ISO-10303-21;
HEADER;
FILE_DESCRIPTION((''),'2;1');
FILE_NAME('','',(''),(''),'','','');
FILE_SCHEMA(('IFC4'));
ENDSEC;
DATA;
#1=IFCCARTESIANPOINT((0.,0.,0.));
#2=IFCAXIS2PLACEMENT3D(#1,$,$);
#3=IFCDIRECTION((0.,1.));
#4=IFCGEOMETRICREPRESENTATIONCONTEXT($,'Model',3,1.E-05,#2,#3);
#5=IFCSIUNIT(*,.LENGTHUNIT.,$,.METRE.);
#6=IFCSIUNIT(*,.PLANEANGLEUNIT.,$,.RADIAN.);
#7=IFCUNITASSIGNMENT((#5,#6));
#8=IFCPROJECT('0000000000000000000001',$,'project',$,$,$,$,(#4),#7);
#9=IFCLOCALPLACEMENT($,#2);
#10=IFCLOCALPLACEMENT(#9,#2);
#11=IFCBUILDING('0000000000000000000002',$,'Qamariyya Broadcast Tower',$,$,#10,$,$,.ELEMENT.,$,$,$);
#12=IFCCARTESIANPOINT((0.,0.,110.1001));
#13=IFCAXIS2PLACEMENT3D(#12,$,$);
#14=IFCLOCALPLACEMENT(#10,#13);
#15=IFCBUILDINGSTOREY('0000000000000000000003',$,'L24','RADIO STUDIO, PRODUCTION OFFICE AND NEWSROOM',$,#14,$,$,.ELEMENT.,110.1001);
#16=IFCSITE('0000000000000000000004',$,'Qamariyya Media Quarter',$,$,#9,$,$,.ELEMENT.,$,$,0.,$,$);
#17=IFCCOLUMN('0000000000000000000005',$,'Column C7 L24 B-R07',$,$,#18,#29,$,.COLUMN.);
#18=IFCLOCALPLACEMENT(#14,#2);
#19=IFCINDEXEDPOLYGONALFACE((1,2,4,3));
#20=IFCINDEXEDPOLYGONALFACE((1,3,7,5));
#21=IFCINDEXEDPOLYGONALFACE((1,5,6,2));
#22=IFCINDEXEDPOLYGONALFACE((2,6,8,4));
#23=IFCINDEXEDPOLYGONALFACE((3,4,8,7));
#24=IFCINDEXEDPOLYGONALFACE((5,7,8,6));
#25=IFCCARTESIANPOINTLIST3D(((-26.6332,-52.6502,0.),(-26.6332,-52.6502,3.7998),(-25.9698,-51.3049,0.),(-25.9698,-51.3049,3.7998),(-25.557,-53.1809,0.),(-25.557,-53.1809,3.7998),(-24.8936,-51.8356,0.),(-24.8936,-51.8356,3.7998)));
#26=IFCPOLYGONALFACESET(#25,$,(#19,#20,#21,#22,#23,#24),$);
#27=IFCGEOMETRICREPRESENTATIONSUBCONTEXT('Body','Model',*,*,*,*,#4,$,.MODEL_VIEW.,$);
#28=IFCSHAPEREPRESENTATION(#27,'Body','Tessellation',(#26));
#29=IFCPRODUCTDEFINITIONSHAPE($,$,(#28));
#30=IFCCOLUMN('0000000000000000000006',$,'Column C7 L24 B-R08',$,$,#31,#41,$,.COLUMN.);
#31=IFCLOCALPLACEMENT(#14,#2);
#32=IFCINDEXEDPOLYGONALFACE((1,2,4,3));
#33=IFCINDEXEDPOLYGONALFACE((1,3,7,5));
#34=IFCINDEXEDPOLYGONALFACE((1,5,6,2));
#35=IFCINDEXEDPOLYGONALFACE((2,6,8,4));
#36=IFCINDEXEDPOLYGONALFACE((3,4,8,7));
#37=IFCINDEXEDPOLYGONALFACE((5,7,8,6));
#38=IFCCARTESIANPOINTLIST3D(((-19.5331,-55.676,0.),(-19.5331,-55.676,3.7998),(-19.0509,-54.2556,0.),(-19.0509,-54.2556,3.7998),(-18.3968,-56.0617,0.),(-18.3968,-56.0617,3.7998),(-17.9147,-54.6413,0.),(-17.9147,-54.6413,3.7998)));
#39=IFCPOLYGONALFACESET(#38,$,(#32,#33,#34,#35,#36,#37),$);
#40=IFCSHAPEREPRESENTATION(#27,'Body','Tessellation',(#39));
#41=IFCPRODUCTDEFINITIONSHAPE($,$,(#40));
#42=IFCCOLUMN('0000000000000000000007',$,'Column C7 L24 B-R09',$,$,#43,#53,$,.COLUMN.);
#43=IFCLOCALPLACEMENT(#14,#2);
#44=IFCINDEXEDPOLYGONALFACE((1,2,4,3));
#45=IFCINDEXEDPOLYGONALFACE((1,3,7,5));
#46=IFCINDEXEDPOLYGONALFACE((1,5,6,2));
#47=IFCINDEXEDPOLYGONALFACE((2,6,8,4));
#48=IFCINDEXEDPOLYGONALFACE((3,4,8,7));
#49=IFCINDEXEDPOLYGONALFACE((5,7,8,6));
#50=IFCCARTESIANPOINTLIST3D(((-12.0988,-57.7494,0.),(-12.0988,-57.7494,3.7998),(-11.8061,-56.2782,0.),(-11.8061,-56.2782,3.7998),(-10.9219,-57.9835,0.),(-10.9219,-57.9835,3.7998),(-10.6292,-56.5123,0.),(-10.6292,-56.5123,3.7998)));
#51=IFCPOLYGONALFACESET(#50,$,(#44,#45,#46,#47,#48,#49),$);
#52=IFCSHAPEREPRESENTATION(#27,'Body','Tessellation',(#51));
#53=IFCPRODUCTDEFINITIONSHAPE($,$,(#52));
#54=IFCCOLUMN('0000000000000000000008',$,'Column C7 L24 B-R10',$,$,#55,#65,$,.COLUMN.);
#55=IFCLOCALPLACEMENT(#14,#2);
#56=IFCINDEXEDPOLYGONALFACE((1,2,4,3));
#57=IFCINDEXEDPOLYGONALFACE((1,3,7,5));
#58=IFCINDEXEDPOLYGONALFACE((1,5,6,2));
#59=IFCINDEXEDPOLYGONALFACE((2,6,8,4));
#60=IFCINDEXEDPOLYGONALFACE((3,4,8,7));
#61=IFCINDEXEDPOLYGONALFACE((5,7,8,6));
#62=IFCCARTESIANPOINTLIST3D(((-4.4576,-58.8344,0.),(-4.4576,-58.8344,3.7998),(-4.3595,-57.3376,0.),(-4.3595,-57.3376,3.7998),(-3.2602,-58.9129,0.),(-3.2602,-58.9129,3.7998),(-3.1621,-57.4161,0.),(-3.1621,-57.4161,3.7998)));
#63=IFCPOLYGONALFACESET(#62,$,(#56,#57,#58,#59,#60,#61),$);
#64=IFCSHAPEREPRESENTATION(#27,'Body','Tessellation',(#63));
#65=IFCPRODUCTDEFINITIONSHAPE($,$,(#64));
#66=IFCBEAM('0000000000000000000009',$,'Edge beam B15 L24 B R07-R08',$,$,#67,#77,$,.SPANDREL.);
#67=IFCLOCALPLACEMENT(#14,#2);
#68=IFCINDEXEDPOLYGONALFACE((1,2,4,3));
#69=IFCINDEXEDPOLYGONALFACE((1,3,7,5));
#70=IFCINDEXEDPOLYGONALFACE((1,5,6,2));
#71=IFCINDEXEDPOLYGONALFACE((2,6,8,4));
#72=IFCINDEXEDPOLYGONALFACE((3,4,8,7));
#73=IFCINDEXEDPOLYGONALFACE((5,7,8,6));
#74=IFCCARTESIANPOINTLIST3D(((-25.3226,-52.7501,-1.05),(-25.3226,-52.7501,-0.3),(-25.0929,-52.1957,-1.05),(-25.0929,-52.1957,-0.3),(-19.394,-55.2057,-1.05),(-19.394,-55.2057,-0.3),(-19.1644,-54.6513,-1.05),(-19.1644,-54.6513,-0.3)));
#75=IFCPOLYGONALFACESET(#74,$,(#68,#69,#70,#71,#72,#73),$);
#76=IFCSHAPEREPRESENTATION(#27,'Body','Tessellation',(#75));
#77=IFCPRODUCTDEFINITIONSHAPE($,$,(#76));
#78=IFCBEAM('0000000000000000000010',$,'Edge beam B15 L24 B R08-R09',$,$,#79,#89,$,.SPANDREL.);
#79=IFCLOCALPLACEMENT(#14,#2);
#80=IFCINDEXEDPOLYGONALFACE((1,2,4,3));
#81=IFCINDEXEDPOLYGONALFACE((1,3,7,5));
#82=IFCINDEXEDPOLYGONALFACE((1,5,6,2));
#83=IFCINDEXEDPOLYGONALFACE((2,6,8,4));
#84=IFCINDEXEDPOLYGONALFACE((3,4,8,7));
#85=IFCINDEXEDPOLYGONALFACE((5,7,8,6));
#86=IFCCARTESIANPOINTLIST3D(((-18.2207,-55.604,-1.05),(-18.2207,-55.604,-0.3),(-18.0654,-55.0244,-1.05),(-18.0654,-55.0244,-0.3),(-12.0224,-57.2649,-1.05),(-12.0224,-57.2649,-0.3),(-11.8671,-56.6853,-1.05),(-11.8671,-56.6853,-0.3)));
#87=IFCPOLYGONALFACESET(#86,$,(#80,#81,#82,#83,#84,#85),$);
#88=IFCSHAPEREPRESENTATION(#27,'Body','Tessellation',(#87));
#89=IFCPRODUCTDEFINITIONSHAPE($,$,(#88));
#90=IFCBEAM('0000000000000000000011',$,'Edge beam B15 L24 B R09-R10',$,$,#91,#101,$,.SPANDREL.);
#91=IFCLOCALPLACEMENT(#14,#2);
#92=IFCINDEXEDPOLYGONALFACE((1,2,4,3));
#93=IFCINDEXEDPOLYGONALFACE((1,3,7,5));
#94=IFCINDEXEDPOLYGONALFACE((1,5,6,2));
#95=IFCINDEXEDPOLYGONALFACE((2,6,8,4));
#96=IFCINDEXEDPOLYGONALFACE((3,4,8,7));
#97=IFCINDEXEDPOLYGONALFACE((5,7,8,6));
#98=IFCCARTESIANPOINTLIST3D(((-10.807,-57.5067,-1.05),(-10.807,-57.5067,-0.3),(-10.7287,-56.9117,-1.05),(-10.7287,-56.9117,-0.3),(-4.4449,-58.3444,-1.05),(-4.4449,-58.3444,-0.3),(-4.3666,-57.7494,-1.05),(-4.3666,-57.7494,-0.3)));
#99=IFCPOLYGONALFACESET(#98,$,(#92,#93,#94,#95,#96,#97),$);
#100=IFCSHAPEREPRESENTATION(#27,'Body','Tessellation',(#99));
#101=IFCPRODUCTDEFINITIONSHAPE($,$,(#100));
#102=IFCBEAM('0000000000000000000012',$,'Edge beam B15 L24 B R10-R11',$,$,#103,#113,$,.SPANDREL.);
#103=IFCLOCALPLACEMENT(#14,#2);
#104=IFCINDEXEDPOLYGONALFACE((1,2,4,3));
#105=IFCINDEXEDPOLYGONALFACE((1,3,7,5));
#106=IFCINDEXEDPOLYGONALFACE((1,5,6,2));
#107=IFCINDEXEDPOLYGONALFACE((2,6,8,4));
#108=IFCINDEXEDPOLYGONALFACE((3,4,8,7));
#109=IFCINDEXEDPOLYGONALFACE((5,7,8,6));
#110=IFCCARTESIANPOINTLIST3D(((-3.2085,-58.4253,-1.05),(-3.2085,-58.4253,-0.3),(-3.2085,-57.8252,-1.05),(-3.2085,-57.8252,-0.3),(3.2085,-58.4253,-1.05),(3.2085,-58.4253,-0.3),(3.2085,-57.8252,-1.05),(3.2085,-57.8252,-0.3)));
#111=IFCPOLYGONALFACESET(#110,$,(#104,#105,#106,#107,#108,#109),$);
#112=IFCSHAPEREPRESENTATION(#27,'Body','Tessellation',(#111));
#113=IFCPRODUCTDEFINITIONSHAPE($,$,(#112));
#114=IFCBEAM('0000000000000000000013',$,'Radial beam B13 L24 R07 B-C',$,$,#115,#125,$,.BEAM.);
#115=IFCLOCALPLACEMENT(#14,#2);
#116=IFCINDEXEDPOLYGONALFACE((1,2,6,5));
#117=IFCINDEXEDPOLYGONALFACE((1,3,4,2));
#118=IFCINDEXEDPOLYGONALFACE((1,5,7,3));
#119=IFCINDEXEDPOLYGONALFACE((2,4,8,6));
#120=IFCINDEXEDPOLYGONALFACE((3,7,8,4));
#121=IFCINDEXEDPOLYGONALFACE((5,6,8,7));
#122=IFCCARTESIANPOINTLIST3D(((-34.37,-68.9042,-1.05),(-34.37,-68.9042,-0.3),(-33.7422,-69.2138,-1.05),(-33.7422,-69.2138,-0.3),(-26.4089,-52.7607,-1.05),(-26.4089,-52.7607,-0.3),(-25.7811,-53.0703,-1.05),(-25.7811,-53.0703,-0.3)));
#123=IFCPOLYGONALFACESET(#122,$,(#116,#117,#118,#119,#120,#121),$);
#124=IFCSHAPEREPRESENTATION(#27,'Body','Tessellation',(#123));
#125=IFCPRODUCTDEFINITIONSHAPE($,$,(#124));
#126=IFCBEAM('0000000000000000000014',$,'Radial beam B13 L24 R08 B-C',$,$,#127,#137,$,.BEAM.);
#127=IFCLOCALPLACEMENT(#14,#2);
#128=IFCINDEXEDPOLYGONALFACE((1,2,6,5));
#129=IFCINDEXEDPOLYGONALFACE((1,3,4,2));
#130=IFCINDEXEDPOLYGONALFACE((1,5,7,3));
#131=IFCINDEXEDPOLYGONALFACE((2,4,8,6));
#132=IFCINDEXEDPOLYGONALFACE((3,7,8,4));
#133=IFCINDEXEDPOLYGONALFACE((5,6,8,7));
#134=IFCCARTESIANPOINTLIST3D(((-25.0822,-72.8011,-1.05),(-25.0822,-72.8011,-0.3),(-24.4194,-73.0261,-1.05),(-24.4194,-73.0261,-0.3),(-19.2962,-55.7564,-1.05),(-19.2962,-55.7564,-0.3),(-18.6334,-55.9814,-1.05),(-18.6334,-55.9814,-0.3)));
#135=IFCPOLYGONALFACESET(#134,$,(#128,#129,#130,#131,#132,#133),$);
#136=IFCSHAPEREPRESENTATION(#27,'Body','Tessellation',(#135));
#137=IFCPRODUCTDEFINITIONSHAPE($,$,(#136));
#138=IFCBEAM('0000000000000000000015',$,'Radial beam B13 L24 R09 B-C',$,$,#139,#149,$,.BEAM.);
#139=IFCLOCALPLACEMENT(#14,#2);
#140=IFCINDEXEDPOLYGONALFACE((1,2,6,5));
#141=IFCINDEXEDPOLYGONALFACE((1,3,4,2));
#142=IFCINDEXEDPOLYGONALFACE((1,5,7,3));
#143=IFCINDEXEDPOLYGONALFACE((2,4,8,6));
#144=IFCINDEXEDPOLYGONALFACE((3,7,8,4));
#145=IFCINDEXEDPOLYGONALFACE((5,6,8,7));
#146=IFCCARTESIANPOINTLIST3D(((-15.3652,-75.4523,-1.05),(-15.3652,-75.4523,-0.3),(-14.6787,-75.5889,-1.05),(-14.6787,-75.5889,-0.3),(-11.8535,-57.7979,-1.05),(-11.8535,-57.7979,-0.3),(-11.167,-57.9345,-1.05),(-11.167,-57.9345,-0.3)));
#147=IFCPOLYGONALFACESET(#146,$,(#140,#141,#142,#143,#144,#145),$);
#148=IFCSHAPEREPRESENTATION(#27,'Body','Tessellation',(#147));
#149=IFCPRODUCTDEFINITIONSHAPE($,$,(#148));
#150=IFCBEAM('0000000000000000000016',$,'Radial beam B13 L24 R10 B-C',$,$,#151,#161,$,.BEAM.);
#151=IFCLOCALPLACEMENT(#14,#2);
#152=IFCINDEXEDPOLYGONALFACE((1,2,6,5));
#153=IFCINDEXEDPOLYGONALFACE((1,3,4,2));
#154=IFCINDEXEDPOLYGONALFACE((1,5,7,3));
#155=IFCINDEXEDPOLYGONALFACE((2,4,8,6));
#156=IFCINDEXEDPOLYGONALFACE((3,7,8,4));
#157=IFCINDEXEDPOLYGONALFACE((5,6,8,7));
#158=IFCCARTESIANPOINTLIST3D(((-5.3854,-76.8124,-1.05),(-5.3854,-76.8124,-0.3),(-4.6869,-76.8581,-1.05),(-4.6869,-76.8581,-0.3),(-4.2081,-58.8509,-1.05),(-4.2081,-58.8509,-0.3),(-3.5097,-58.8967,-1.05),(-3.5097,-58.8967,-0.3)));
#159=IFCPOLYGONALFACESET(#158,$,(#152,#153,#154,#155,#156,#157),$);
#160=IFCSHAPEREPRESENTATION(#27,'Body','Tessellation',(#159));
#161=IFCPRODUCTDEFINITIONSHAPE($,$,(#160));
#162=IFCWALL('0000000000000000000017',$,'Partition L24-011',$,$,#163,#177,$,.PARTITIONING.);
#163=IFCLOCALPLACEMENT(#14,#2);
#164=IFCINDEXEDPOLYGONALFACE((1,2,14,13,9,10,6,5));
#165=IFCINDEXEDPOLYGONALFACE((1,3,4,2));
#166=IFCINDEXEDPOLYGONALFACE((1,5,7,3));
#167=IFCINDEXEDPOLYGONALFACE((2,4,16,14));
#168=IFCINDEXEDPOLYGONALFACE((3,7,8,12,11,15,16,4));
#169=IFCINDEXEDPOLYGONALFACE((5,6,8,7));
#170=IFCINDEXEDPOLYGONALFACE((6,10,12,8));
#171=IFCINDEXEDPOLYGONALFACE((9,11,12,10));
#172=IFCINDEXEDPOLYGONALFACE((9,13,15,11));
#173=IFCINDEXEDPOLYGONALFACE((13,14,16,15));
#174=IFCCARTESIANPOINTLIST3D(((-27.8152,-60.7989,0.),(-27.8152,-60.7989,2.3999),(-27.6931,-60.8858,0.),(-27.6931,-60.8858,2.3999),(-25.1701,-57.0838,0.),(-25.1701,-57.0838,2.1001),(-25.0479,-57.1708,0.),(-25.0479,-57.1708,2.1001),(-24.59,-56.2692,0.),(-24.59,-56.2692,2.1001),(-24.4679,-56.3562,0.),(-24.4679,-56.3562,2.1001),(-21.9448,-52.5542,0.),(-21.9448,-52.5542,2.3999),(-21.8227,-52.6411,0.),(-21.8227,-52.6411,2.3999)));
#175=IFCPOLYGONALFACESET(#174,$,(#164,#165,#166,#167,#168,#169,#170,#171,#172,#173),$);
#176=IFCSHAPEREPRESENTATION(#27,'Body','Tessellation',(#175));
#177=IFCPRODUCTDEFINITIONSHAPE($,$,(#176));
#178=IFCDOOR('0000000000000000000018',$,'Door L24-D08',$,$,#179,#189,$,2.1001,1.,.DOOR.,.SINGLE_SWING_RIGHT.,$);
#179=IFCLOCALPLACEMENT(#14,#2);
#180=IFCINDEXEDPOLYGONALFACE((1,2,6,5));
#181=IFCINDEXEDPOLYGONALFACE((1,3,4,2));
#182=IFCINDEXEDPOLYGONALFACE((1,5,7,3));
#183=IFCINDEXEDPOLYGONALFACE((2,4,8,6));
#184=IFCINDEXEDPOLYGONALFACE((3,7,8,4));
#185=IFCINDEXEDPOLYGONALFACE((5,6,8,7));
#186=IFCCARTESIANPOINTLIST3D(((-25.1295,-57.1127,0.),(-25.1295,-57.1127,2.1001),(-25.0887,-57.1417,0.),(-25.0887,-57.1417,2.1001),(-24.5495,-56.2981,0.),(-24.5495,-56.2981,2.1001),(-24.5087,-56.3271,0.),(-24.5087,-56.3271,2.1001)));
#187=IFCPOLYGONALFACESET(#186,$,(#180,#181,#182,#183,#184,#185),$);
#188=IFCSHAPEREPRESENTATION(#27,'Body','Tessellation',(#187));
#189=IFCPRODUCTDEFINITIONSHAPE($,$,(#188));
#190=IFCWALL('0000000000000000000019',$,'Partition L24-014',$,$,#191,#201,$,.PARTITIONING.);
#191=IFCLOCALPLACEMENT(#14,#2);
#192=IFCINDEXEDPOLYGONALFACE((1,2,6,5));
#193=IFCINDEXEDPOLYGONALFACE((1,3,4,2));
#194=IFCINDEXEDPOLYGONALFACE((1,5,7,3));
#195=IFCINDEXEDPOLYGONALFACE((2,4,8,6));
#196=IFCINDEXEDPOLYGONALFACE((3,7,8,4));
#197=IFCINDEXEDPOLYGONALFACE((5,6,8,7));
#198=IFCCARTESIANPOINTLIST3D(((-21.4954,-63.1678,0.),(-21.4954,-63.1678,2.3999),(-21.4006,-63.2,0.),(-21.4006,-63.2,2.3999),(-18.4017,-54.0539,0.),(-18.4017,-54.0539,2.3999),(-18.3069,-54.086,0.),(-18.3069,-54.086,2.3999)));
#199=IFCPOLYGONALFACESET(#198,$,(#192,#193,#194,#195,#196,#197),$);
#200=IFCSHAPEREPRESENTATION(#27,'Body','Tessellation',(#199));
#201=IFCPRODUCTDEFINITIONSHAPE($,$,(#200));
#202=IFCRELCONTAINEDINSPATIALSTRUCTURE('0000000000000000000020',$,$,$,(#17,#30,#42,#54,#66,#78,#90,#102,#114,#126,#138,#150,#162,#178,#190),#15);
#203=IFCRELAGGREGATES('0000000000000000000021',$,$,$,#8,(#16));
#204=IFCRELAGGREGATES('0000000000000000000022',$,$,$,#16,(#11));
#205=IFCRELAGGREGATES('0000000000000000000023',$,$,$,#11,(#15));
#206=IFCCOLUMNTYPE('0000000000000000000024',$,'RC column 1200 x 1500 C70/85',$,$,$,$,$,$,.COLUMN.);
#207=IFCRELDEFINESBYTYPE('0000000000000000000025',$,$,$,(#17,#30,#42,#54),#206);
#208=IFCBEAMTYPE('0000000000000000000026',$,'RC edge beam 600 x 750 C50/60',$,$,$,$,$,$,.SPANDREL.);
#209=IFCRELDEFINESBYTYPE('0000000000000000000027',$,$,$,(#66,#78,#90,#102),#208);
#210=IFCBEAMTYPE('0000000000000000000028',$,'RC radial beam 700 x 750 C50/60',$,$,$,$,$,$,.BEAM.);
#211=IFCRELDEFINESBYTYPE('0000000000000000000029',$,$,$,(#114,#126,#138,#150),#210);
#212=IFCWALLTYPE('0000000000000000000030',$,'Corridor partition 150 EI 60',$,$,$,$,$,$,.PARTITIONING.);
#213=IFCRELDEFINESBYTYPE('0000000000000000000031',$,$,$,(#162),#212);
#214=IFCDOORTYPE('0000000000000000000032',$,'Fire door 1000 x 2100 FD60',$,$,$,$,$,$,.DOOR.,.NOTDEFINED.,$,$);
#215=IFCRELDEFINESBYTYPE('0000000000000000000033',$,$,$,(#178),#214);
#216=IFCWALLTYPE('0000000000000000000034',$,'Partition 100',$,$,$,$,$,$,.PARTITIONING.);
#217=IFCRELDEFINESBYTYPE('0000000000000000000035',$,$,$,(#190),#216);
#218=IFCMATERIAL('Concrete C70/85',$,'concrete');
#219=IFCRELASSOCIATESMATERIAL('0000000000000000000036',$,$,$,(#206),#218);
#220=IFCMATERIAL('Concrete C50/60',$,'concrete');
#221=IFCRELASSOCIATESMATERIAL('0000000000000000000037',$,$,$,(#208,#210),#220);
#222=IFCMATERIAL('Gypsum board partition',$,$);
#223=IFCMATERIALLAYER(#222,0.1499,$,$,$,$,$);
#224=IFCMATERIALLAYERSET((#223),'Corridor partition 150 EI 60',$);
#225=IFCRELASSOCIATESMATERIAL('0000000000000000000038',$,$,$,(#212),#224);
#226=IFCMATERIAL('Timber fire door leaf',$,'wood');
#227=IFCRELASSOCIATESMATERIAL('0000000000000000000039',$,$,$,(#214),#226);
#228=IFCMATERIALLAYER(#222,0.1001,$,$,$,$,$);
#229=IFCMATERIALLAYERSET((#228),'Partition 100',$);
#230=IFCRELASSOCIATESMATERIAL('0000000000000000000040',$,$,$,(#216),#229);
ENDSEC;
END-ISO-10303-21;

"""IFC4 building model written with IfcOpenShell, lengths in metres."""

from ifc_helpers import new_model, si_unit, direction, frame, frame_2d, origin, origin_2d, place, context, subcontext, project, spatial, rectangle, extrude, material, layer, layer_set, material_profile, profile_set, type_object, element, fill, save


model = new_model("IFC4")

# Units and contexts
model_context = context("Model", 3, precision=1e-05, world=origin(), true_north=direction((0.0, 1.0)))
body_context = subcontext(model_context, "Body", "Model", "MODEL_VIEW")
ifc_project = project(units=[si_unit("LENGTHUNIT", "METRE"), si_unit("PLANEANGLEUNIT", "RADIAN")], contexts=[model_context])

# Site, building, storey
site_placement = place(None, origin())
site = spatial("IfcSite", under=ifc_project, at=site_placement, Name="Qamariyya Media Quarter", CompositionType="ELEMENT", RefElevation=0.0)
building_placement = place(site_placement, origin())
building = spatial("IfcBuilding", under=site, at=building_placement, Name="Qamariyya Broadcast Tower", CompositionType="ELEMENT")
storey_placement = place(building_placement, frame((0.0, 0.0, 110.1001)))
storey = spatial("IfcBuildingStorey", under=building, at=storey_placement, Name="L24", Description="RADIO STUDIO, PRODUCTION OFFICE AND NEWSROOM", CompositionType="ELEMENT", Elevation=110.1001)

# Columns
ifc_material_1 = material(Name="Concrete C70/85", Category="concrete")
ifc_material_profile_1 = material_profile(ifc_material_1, rectangle(XDim=1.2, YDim=1.5, at=origin_2d()))
ifc_profile_set_1 = profile_set([ifc_material_profile_1], Name="Concrete C70/85")
column_type = type_object("IfcColumnType", Name="RC column 1200 x 1500 C70/85", PredefinedType="COLUMN", material=ifc_profile_set_1)
for number, where, z_axis, x_axis, name in (
    (1, (-25.7634, -52.2429, 0.0), (0.0, 0.0, 1.0), (0.896873, -0.442289, 0.0), "Column C7 L24 B-R07"),
    (2, (-18.7239, -55.1587, 0.0), (0.0, 0.0, 1.0), (0.94693, -0.321439, 0.0), "Column C7 L24 B-R08"),
    (3, (-11.364, -57.1309, 0.0), (0.0, 0.0, 1.0), (0.980785, -0.19509, 0.0), "Column C7 L24 B-R09"),
    (4, (-3.8098, -58.1252, 0.0), (0.0, 0.0, 1.0), (0.997859, -0.065403, 0.0), "Column C7 L24 B-R10"),
):
    element("IfcColumn", number, at=place(storey_placement, frame(where, z_axis=z_axis, x_axis=x_axis)), inside=storey, type_object=column_type, Name=name, PredefinedType="COLUMN", context=body_context, shape_type="SweptSolid", body=[
        extrude(rectangle(XDim=1.2, YDim=1.5, at=origin_2d()), origin(), (0.0, 0.0, 1.0), 3.7998),
    ])

# Beams
ifc_material_2 = material(Name="Concrete C50/60", Category="concrete")
ifc_material_profile_2 = material_profile(ifc_material_2, rectangle(XDim=0.6001, YDim=0.75, at=origin_2d()))
ifc_profile_set_2 = profile_set([ifc_material_profile_2], Name="Concrete C50/60")
beam_type_1 = type_object("IfcBeamType", Name="RC edge beam 600 x 750 C50/60", PredefinedType="SPANDREL", material=ifc_profile_set_2)
for number, where, z_axis, x_axis, name in (
    (5, (-25.2078, -52.4729, -0.675), (0.923884, -0.382672, 0.0), (0.382672, 0.923884, 0.0), "Edge beam B15 L24 B R07-R08"),
    (6, (-18.1431, -55.3142, -0.675), (0.965923, -0.25883, 0.0), (0.25883, 0.965923, 0.0), "Edge beam B15 L24 B R08-R09"),
    (7, (-10.7678, -57.2092, -0.675), (0.991444, -0.130536, 0.0), (0.130536, 0.991444, 0.0), "Edge beam B15 L24 B R09-R10"),
    (8, (-3.2085, -58.1252, -0.675), (1.0, 0.0, 0.0), (0.0, 1.0, 0.0), "Edge beam B15 L24 B R10-R11"),
):
    element("IfcBeam", number, at=place(storey_placement, frame(where, z_axis=z_axis, x_axis=x_axis)), inside=storey, type_object=beam_type_1, Name=name, PredefinedType="SPANDREL", context=body_context, shape_type="SweptSolid", body=[
        extrude(rectangle(XDim=0.6001, YDim=0.75, at=origin_2d()), origin(), (0.0, 0.0, 1.0), 6.417),
    ])
ifc_material_profile_3 = material_profile(ifc_material_2, rectangle(XDim=0.7, YDim=0.75, at=origin_2d()))
ifc_profile_set_3 = profile_set([ifc_material_profile_3], Name="Concrete C50/60")
beam_type_2 = type_object("IfcBeamType", Name="RC radial beam 700 x 750 C50/60", PredefinedType="BEAM", material=ifc_profile_set_3)
beam_1_placement = place(storey_placement, frame((-26.095, -52.9155, -0.675), z_axis=(-0.442291, -0.896871, 0.0), x_axis=(0.896871, -0.442291, 0.0)))
element("IfcBeam", 9, at=beam_1_placement, inside=storey, type_object=beam_type_2, Name="Radial beam B13 L24 R07 B-C", PredefinedType="BEAM", context=body_context, shape_type="SweptSolid", body=[
    extrude(rectangle(XDim=0.7, YDim=0.75, at=origin_2d()), origin(), (0.0, 0.0, 1.0), 17.9998),
])
beam_2_placement = place(storey_placement, frame((-18.9648, -55.8689, -0.675), z_axis=(-0.321439, -0.94693, 0.0), x_axis=(0.94693, -0.321439, 0.0)))
element("IfcBeam", 10, at=beam_2_placement, inside=storey, type_object=beam_type_2, Name="Radial beam B13 L24 R08 B-C", PredefinedType="BEAM", context=body_context, shape_type="SweptSolid", body=[
    extrude(rectangle(XDim=0.7, YDim=0.75, at=origin_2d()), origin(), (0.0, 0.0, 1.0), 18.0),
])
beam_3_placement = place(storey_placement, frame((-11.5103, -57.8662, -0.675), z_axis=(-0.195094, -0.980785, 0.0), x_axis=(0.980785, -0.195094, 0.0)))
element("IfcBeam", 11, at=beam_3_placement, inside=storey, type_object=beam_type_2, Name="Radial beam B13 L24 R09 B-C", PredefinedType="BEAM", context=body_context, shape_type="SweptSolid", body=[
    extrude(rectangle(XDim=0.7, YDim=0.75, at=origin_2d()), origin(), (0.0, 0.0, 1.0), 18.0002),
])
beam_4_placement = place(storey_placement, frame((-3.8589, -58.8738, -0.675), z_axis=(-0.065403, -0.997859, 0.0), x_axis=(0.997859, -0.065403, 0.0)))
element("IfcBeam", 12, at=beam_4_placement, inside=storey, type_object=beam_type_2, Name="Radial beam B13 L24 R10 B-C", PredefinedType="BEAM", context=body_context, shape_type="SweptSolid", body=[
    extrude(rectangle(XDim=0.7, YDim=0.75, at=origin_2d()), origin(), (0.0, 0.0, 1.0), 18.0),
])

# Wall, opening, door
ifc_material_3 = material(Name="Gypsum board partition")
ifc_layer_1 = layer(ifc_material_3, 0.1499)
ifc_layer_set_1 = layer_set([ifc_layer_1], Name="Corridor partition 150 EI 60")
wall_type_1 = type_object("IfcWallType", Name="Corridor partition 150 EI 60", PredefinedType="PARTITIONING", material=ifc_layer_set_1)
wall_1_placement = place(storey_placement, frame((-21.8838, -52.5977, 0.0), z_axis=(0.0, 0.0, 1.0), x_axis=(-0.580017, -0.814605, 0.0)))
wall_1 = element("IfcWall", 13, at=wall_1_placement, inside=storey, type_object=wall_type_1, Name="Partition L24-011", PredefinedType="PARTITIONING", context=body_context, shape_type="SweptSolid", body=[
    extrude(rectangle(XDim=10.1211, YDim=0.1499, at=frame_2d((5.0605, 0.0))), origin(), (0.0, 0.0, 1.0), 2.3999),
])
opening_1_placement = place(wall_1_placement, frame((4.5605, 0.0, 0.0)))
opening_1 = element("IfcOpeningElement", 14, at=opening_1_placement, cuts=wall_1, PredefinedType="OPENING", context=body_context, shape_type="SweptSolid", body=[
    extrude(rectangle(XDim=1.0, YDim=2.1001, at=frame_2d((0.5, 1.05))), frame((0.0, 0.085, 0.0), z_axis=(0.0, -1.0, 0.0), x_axis=(1.0, 0.0, 0.0)), (0.0, 0.0, 1.0), 0.1699),
])
ifc_material_4 = material(Name="Timber fire door leaf", Category="wood")
door_type = type_object("IfcDoorType", Name="Fire door 1000 x 2100 FD60", OperationType="NOTDEFINED", PredefinedType="DOOR", material=ifc_material_4)
door_placement = place(opening_1_placement, origin())
door = element("IfcDoor", 15, at=door_placement, inside=storey, type_object=door_type, Name="Door L24-D08", OperationType="SINGLE_SWING_RIGHT", OverallHeight=2.1001, OverallWidth=1.0, PredefinedType="DOOR", context=body_context, shape_type="SweptSolid", body=[
    extrude(rectangle(XDim=1.0, YDim=2.1001, at=frame_2d((0.5, 1.05))), frame((0.0, 0.0249, 0.0), z_axis=(0.0, -1.0, 0.0), x_axis=(1.0, 0.0, 0.0)), (0.0, 0.0, 1.0), 0.05),
])
fill(opening_1, door)

# Wall
ifc_layer_2 = layer(ifc_material_3, 0.1001)
ifc_layer_set_2 = layer_set([ifc_layer_2], Name="Partition 100")
wall_type_2 = type_object("IfcWallType", Name="Partition 100", PredefinedType="PARTITIONING", material=ifc_layer_set_2)
for number, where, z_axis, x_axis, name in (
    (16, (-18.3542, -54.0698, 0.0), (0.0, 0.0, 1.0), (-0.321436, -0.946931, 0.0), "Partition L24-014"),
):
    element("IfcWall", number, at=place(storey_placement, frame(where, z_axis=z_axis, x_axis=x_axis)), inside=storey, type_object=wall_type_2, Name=name, PredefinedType="PARTITIONING", context=body_context, shape_type="SweptSolid", body=[
        extrude(rectangle(XDim=9.6248, YDim=0.1001, at=frame_2d((4.8125, 0.0))), origin(), (0.0, 0.0, 1.0), 2.3999),
    ])

save(model, "model.ifc")
